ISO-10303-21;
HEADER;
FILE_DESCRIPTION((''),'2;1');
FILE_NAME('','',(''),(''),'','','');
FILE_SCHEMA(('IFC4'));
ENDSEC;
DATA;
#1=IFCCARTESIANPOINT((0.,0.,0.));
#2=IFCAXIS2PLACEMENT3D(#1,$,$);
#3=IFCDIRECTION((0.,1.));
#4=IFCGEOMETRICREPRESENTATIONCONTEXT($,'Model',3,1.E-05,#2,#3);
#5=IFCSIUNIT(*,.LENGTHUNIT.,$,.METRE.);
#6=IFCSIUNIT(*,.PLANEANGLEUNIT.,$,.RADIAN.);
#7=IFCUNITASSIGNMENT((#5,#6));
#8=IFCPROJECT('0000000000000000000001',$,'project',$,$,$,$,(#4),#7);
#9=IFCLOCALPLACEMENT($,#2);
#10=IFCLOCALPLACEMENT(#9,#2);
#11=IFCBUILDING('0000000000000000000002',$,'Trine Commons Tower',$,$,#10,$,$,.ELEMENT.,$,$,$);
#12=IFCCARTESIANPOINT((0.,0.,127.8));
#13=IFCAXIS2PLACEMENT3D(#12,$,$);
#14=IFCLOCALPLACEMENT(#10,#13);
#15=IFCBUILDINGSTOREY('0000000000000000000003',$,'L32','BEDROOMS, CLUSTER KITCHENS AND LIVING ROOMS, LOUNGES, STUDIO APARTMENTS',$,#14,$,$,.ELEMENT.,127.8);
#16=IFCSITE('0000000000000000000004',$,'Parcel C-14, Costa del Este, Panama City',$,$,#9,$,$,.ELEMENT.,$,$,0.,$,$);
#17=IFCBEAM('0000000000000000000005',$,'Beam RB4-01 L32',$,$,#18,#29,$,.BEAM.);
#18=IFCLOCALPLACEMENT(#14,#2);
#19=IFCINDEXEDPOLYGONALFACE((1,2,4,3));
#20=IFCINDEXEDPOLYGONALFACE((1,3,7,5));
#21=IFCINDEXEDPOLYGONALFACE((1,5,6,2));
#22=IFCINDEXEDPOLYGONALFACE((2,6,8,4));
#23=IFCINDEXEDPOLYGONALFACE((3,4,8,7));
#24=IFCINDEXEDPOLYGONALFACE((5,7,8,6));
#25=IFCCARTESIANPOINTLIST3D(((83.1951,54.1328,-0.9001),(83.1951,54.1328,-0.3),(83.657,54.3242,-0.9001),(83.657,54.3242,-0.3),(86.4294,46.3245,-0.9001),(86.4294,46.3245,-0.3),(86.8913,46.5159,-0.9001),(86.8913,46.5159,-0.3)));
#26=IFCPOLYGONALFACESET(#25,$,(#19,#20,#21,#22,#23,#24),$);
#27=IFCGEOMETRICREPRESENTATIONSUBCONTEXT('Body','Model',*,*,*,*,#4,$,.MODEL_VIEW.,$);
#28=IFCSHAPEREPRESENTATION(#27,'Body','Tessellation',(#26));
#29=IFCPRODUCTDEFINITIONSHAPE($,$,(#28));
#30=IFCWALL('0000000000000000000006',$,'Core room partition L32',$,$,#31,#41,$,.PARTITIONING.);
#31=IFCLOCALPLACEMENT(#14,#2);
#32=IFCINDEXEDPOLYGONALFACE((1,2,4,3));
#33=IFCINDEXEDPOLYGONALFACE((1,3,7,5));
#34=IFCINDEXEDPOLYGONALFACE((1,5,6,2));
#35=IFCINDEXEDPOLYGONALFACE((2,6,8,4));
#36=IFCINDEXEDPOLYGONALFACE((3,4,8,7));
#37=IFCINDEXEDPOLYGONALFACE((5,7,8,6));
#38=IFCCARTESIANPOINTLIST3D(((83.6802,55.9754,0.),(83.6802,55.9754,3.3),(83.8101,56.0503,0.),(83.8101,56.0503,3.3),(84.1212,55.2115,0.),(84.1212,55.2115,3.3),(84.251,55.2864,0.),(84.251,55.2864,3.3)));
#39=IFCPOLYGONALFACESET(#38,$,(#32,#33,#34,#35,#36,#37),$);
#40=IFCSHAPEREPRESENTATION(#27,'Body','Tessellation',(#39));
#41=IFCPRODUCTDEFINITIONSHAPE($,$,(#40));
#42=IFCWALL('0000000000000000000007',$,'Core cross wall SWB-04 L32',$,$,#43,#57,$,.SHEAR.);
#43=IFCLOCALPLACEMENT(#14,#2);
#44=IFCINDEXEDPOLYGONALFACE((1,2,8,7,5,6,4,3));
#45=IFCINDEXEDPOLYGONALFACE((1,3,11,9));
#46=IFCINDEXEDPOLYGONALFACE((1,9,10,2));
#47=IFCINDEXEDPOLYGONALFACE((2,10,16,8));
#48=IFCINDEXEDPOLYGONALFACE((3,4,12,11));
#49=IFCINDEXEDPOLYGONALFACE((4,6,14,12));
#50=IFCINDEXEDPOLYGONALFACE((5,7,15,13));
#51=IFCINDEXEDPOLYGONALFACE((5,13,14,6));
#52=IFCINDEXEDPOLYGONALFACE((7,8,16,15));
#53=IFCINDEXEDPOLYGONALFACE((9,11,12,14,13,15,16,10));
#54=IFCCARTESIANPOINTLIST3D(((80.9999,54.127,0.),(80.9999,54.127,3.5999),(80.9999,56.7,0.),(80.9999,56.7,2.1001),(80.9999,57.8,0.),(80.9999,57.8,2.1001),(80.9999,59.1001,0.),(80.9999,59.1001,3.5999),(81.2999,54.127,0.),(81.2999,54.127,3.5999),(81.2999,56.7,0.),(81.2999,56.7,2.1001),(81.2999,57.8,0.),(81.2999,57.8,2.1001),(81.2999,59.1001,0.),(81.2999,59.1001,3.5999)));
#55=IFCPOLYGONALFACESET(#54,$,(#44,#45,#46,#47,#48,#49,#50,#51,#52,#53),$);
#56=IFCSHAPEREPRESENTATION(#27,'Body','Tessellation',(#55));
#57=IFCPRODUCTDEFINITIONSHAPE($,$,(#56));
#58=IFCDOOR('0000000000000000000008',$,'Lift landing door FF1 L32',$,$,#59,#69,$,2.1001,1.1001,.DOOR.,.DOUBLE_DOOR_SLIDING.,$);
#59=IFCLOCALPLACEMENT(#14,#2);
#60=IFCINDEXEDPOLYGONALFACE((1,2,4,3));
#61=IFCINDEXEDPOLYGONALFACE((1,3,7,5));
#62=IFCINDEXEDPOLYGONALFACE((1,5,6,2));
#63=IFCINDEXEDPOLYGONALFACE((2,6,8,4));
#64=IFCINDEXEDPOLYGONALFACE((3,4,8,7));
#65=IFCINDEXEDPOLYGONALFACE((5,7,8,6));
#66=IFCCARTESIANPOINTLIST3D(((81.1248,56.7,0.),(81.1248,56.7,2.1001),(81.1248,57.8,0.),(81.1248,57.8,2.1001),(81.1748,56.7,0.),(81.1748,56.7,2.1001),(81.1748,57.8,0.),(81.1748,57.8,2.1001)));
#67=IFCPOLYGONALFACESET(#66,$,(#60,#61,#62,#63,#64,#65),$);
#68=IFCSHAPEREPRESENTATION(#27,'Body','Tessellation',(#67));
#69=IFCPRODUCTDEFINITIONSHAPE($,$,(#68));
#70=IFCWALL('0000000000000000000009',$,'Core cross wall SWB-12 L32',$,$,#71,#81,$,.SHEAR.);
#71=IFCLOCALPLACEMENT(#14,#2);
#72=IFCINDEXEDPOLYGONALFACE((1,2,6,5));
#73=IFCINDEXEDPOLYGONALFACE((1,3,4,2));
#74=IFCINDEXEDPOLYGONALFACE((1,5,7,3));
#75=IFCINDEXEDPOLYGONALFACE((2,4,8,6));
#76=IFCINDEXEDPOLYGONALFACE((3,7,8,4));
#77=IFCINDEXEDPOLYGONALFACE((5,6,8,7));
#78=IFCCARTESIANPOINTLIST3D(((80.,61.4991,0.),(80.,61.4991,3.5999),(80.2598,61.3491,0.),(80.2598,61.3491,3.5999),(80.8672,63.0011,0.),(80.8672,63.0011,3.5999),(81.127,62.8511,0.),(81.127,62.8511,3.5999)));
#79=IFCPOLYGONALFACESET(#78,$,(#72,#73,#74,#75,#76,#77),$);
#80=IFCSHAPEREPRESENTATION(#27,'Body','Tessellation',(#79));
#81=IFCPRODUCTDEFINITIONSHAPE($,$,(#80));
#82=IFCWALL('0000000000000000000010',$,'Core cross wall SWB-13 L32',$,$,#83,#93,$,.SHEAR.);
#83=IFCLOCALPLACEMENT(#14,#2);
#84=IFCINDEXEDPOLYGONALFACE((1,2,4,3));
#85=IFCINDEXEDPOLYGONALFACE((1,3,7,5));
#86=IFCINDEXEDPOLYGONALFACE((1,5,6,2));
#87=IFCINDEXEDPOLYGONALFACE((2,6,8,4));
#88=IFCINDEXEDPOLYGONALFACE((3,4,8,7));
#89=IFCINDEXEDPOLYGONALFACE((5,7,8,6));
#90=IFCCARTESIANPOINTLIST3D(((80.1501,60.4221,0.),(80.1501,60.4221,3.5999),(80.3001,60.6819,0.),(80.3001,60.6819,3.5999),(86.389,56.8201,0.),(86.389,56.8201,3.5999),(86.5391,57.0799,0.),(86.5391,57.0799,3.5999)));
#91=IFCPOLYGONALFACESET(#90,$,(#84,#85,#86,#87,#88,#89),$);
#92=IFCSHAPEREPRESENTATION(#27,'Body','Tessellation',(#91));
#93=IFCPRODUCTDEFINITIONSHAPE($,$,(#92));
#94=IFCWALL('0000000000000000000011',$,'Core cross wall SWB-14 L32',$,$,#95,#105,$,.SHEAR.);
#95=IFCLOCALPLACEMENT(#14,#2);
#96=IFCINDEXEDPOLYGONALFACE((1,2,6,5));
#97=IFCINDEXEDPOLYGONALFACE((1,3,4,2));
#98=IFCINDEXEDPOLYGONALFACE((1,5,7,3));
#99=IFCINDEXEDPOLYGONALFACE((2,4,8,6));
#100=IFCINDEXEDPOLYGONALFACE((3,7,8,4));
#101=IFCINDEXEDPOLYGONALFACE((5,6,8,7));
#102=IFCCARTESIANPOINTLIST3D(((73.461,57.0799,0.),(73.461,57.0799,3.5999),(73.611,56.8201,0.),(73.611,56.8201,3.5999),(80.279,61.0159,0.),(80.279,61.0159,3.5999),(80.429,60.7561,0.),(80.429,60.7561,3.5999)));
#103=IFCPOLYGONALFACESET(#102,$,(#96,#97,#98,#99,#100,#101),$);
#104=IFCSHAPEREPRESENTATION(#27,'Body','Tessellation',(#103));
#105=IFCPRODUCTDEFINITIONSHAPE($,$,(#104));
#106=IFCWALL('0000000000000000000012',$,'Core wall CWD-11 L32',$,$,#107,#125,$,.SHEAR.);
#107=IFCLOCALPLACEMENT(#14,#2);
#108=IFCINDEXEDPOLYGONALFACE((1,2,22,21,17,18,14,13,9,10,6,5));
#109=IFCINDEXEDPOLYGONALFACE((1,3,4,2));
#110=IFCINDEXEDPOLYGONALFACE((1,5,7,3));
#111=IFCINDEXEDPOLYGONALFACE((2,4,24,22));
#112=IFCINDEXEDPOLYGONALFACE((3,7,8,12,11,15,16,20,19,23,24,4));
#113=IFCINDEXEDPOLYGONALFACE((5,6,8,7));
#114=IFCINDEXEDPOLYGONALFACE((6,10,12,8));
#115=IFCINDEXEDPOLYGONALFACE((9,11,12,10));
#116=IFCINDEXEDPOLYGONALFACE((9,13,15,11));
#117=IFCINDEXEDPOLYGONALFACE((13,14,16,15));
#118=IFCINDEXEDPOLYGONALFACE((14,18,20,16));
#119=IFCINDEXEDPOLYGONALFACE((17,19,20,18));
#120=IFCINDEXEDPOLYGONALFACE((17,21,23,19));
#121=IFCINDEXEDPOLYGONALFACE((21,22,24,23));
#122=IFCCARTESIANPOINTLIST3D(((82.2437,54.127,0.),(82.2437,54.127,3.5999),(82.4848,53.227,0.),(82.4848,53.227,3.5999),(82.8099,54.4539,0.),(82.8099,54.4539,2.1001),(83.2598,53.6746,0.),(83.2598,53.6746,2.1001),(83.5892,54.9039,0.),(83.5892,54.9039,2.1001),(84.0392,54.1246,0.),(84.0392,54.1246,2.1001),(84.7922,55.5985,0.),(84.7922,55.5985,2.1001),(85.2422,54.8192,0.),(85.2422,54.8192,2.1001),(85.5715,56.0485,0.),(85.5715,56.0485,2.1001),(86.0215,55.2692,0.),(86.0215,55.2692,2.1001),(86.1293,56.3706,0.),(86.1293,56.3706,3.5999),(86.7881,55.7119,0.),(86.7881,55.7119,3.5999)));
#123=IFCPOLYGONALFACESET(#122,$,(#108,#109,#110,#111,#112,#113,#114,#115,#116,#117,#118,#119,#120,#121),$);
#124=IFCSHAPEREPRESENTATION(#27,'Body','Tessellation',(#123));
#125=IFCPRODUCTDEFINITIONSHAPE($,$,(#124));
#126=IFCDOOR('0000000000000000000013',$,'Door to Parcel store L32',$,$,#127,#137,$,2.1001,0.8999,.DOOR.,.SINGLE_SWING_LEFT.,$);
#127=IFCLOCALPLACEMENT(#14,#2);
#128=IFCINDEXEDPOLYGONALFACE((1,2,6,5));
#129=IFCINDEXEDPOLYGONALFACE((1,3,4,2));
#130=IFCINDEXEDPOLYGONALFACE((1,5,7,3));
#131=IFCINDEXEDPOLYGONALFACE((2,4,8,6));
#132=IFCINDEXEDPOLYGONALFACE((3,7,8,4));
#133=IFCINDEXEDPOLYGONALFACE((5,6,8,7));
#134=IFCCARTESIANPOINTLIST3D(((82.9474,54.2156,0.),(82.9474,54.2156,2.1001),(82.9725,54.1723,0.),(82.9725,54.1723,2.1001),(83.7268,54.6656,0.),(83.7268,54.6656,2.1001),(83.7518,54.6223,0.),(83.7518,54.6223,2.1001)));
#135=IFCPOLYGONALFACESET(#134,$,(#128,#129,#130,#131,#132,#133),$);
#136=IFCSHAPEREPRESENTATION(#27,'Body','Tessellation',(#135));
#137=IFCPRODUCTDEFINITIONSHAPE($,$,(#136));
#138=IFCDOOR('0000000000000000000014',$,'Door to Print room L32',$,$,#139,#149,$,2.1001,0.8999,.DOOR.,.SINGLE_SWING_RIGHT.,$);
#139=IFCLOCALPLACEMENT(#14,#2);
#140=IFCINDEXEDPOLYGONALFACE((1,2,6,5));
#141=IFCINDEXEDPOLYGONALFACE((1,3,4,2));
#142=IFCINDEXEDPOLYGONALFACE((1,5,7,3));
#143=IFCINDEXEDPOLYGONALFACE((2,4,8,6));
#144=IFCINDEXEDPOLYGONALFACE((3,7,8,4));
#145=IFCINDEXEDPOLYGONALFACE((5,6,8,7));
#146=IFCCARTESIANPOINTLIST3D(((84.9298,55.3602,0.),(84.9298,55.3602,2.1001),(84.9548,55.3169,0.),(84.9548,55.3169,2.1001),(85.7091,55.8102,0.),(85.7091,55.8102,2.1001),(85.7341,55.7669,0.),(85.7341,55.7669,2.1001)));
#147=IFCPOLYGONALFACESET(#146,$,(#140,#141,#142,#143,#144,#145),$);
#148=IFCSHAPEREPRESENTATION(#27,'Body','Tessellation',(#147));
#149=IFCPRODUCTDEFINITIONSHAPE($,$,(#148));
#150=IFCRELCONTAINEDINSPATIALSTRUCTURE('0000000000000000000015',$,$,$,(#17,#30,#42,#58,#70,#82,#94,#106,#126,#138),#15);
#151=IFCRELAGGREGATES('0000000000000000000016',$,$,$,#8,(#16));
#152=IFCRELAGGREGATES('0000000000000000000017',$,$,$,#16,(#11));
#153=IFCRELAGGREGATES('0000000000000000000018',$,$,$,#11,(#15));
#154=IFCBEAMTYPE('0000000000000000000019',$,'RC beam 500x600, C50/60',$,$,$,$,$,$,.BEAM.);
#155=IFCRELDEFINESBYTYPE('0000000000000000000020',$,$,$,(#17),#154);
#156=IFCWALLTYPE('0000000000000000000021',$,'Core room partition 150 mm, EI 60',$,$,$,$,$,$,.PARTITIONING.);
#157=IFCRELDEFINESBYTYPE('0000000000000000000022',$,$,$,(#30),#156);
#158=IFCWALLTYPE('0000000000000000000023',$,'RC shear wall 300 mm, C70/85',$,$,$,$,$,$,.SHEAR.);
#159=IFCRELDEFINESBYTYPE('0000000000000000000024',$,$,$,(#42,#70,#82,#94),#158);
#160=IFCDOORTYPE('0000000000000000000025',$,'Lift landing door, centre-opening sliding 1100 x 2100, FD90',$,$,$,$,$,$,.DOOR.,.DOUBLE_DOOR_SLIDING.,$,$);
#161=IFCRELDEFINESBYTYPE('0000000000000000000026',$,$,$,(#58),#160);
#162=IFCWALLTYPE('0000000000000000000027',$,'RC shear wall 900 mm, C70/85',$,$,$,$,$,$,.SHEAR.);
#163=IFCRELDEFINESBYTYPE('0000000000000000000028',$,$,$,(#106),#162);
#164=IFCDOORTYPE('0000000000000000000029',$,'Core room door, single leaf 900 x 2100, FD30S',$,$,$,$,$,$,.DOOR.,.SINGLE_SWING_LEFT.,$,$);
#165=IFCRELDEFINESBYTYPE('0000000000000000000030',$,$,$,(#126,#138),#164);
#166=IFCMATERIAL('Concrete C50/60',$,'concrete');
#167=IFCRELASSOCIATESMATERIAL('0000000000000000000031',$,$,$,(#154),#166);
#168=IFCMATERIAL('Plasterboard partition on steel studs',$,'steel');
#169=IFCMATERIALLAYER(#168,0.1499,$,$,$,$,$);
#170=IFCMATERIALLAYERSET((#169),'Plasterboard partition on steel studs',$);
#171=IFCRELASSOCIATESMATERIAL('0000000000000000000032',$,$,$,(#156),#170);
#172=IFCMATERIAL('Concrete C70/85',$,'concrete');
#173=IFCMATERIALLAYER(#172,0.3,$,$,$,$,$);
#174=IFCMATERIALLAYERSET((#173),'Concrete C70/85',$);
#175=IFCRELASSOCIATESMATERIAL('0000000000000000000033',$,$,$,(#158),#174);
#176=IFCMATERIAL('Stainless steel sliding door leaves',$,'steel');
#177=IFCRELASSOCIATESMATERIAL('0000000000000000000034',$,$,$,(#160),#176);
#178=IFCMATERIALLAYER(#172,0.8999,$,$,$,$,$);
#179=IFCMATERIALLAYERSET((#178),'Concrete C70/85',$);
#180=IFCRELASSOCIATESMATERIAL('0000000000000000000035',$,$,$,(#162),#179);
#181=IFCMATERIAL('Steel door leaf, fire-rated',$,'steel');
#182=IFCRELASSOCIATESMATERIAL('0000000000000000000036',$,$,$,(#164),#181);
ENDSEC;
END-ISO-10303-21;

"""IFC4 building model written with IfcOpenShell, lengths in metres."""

from ifc_helpers import new_model, si_unit, direction, frame, frame_2d, origin, origin_2d, place, context, subcontext, project, spatial, polyline, rectangle, outline, extrude, material, layer, layer_set, material_profile, profile_set, type_object, element, fill, save


model = new_model("IFC4")

# Units and contexts
model_context = context("Model", 3, precision=1e-05, world=origin(), true_north=direction((0.0, 1.0)))
body_context = subcontext(model_context, "Body", "Model", "MODEL_VIEW")
ifc_project = project(units=[si_unit("LENGTHUNIT", "METRE"), si_unit("PLANEANGLEUNIT", "RADIAN")], contexts=[model_context])

# Site, building, storey
site_placement = place(None, origin())
site = spatial("IfcSite", under=ifc_project, at=site_placement, Name="Parcel C-14, Costa del Este, Panama City", CompositionType="ELEMENT", RefElevation=0.0)
building_placement = place(site_placement, origin())
building = spatial("IfcBuilding", under=site, at=building_placement, Name="Trine Commons Tower", CompositionType="ELEMENT")
storey_placement = place(building_placement, frame((0.0, 0.0, 127.8)))
storey = spatial("IfcBuildingStorey", under=building, at=storey_placement, Name="L32", Description="BEDROOMS, CLUSTER KITCHENS AND LIVING ROOMS, LOUNGES, STUDIO APARTMENTS", CompositionType="ELEMENT", Elevation=127.8)

# Beam
ifc_material_1 = material(Name="Concrete C50/60", Category="concrete")
ifc_material_profile = material_profile(ifc_material_1, rectangle(XDim=0.5, YDim=0.6001, at=origin_2d()), Name="RC 500x600")
ifc_profile_set = profile_set([ifc_material_profile], Name="Concrete C50/60")
beam_type = type_object("IfcBeamType", Name="RC beam 500x600, C50/60", PredefinedType="BEAM", material=ifc_profile_set)
beam_placement = place(storey_placement, frame((83.426, 54.2285, -0.6001), z_axis=(0.382689, -0.923877, 0.0), x_axis=(0.923877, 0.382689, 0.0)))
element("IfcBeam", 1, at=beam_placement, inside=storey, type_object=beam_type, Name="Beam RB4-01 L32", PredefinedType="BEAM", context=body_context, shape_type="SweptSolid", body=[
    extrude(rectangle(XDim=0.5, YDim=0.6001, at=origin_2d()), origin(), (0.0, 0.0, 1.0), 8.4517),
])

# Wall
ifc_material_2 = material(Name="Plasterboard partition on steel studs", Category="steel")
ifc_layer_1 = layer(ifc_material_2, 0.1499)
ifc_layer_set_1 = layer_set([ifc_layer_1], Name="Plasterboard partition on steel studs")
wall_type_1 = type_object("IfcWallType", Name="Core room partition 150 mm, EI 60", PredefinedType="PARTITIONING", material=ifc_layer_set_1)
wall_1_placement = place(storey_placement, frame((84.186, 55.249, 0.0), z_axis=(0.0, 0.0, 1.0), x_axis=(-0.49989, 0.866089, 0.0)))
element("IfcWall", 2, at=wall_1_placement, inside=storey, type_object=wall_type_1, Name="Core room partition L32", PredefinedType="PARTITIONING", context=body_context, shape_type="SweptSolid", body=[
    extrude(rectangle(XDim=0.8821, YDim=0.1499, at=frame_2d((0.4409, 0.0))), origin(), (0.0, 0.0, 1.0), 3.3),
])

# Wall, opening, door
ifc_material_3 = material(Name="Concrete C70/85", Category="concrete")
ifc_layer_2 = layer(ifc_material_3, 0.3)
ifc_layer_set_2 = layer_set([ifc_layer_2], Name="Concrete C70/85")
wall_type_2 = type_object("IfcWallType", Name="RC shear wall 300 mm, C70/85", PredefinedType="SHEAR", material=ifc_layer_set_2)
wall_2_placement = place(storey_placement, frame((81.1499, 59.1001, 0.0), z_axis=(0.0, 0.0, 1.0), x_axis=(0.0, -1.0, 0.0)))
wall_2 = element("IfcWall", 3, at=wall_2_placement, inside=storey, type_object=wall_type_2, Name="Core cross wall SWB-04 L32", PredefinedType="SHEAR", context=body_context, shape_type="SweptSolid", body=[
    extrude(rectangle(XDim=4.9731, YDim=0.3, at=frame_2d((2.4866, 0.0))), origin(), (0.0, 0.0, 1.0), 3.5999),
])
opening_1_placement = place(wall_2_placement, frame((1.3, 0.0, 0.0)))
opening_1 = element("IfcOpeningElement", 4, at=opening_1_placement, cuts=wall_2, PredefinedType="OPENING", context=body_context, shape_type="SweptSolid", body=[
    extrude(rectangle(XDim=1.1001, YDim=2.1001, at=frame_2d((0.55, 1.05))), frame((0.0, 0.1599, 0.0), z_axis=(0.0, -1.0, 0.0), x_axis=(1.0, 0.0, 0.0)), (0.0, 0.0, 1.0), 0.3201),
])
ifc_material_4 = material(Name="Stainless steel sliding door leaves", Category="steel")
door_type_1 = type_object("IfcDoorType", Name="Lift landing door, centre-opening sliding 1100 x 2100, FD90", OperationType="DOUBLE_DOOR_SLIDING", PredefinedType="DOOR", material=ifc_material_4)
door_1_placement = place(opening_1_placement, origin())
door_1 = element("IfcDoor", 5, at=door_1_placement, inside=storey, type_object=door_type_1, Name="Lift landing door FF1 L32", OperationType="DOUBLE_DOOR_SLIDING", OverallHeight=2.1001, OverallWidth=1.1001, PredefinedType="DOOR", context=body_context, shape_type="SweptSolid", body=[
    extrude(rectangle(XDim=1.1001, YDim=2.1001, at=frame_2d((0.55, 1.05))), frame((0.0, 0.0249, 0.0), z_axis=(0.0, -1.0, 0.0), x_axis=(1.0, 0.0, 0.0)), (0.0, 0.0, 1.0), 0.05),
])
fill(opening_1, door_1)

# Walls
wall_3_placement = place(storey_placement, frame((80.1299, 61.4241, 0.0), z_axis=(0.0, 0.0, 1.0), x_axis=(0.500015, 0.866017, 0.0)))
element("IfcWall", 6, at=wall_3_placement, inside=storey, type_object=wall_type_2, Name="Core cross wall SWB-12 L32", PredefinedType="SHEAR", context=body_context, shape_type="SweptSolid", body=[
    extrude(rectangle(XDim=1.7344, YDim=0.3, at=frame_2d((0.8672, 0.0))), origin(), (0.0, 0.0, 1.0), 3.5999),
])
wall_4_placement = place(storey_placement, frame((80.2251, 60.552, 0.0), z_axis=(0.0, 0.0, 1.0), x_axis=(0.866028, -0.499995, 0.0)))
element("IfcWall", 7, at=wall_4_placement, inside=storey, type_object=wall_type_2, Name="Core cross wall SWB-13 L32", PredefinedType="SHEAR", context=body_context, shape_type="SweptSolid", body=[
    extrude(rectangle(XDim=7.2041, YDim=0.3, at=frame_2d((3.6021, 0.0))), origin(), (0.0, 0.0, 1.0), 3.5999),
])
wall_5_placement = place(storey_placement, frame((80.354, 60.886, 0.0), z_axis=(0.0, 0.0, 1.0), x_axis=(-0.866048, -0.499961, 0.0)))
element("IfcWall", 8, at=wall_5_placement, inside=storey, type_object=wall_type_2, Name="Core cross wall SWB-14 L32", PredefinedType="SHEAR", context=body_context, shape_type="SweptSolid", body=[
    extrude(rectangle(XDim=7.8726, YDim=0.3, at=frame_2d((3.9363, 0.0))), origin(), (0.0, 0.0, 1.0), 3.5999),
])

# Wall, openings, doors
ifc_layer_3 = layer(ifc_material_3, 0.8999)
ifc_layer_set_3 = layer_set([ifc_layer_3], Name="Concrete C70/85")
wall_type_3 = type_object("IfcWallType", Name="RC shear wall 900 mm, C70/85", PredefinedType="SHEAR", material=ifc_layer_set_3)
wall_6_placement = place(storey_placement, frame((82.2598, 53.6167, 0.0), z_axis=(0.0, 0.0, 1.0), x_axis=(0.866003, 0.500039, 0.0)))
wall_6 = element("IfcWall", 9, at=wall_6_placement, inside=storey, type_object=wall_type_3, Name="Core wall CWD-11 L32", PredefinedType="SHEAR", context=body_context, shape_type="SweptSolid", body=[
    extrude(outline(polyline([(0.0, -0.45), (4.9692, -0.45), (4.728, 0.45), (0.2412, 0.45), (0.0, -0.45)])), origin(), (0.0, 0.0, 1.0), 3.5999),
])
opening_2_placement = place(wall_6_placement, frame((0.895, 0.0, 0.0)))
opening_2 = element("IfcOpeningElement", 10, at=opening_2_placement, cuts=wall_6, PredefinedType="OPENING", context=body_context, shape_type="SweptSolid", body=[
    extrude(rectangle(XDim=0.8999, YDim=2.1001, at=frame_2d((0.45, 1.05))), frame((0.0, 0.46, 0.0), z_axis=(0.0, -1.0, 0.0), x_axis=(1.0, 0.0, 0.0)), (0.0, 0.0, 1.0), 0.9199),
])
opening_3_placement = place(wall_6_placement, frame((3.1841, 0.0, 0.0)))
opening_3 = element("IfcOpeningElement", 11, at=opening_3_placement, cuts=wall_6, PredefinedType="OPENING", context=body_context, shape_type="SweptSolid", body=[
    extrude(rectangle(XDim=0.8999, YDim=2.1001, at=frame_2d((0.45, 1.05))), frame((0.0, 0.46, 0.0), z_axis=(0.0, -1.0, 0.0), x_axis=(1.0, 0.0, 0.0)), (0.0, 0.0, 1.0), 0.9199),
])
ifc_material_5 = material(Name="Steel door leaf, fire-rated", Category="steel")
door_type_2 = type_object("IfcDoorType", Name="Core room door, single leaf 900 x 2100, FD30S", OperationType="SINGLE_SWING_LEFT", PredefinedType="DOOR", material=ifc_material_5)
door_2_placement = place(opening_2_placement, origin())
door_2 = element("IfcDoor", 12, at=door_2_placement, inside=storey, type_object=door_type_2, Name="Door to Parcel store L32", OperationType="SINGLE_SWING_LEFT", OverallHeight=2.1001, OverallWidth=0.8999, PredefinedType="DOOR", context=body_context, shape_type="SweptSolid", body=[
    extrude(rectangle(XDim=0.8999, YDim=2.1001, at=frame_2d((0.45, 1.05))), frame((0.0, 0.1748, 0.0), z_axis=(0.0, -1.0, 0.0), x_axis=(1.0, 0.0, 0.0)), (0.0, 0.0, 1.0), 0.05),
])
fill(opening_2, door_2)
door_3_placement = place(opening_3_placement, origin())
door_3 = element("IfcDoor", 13, at=door_3_placement, inside=storey, type_object=door_type_2, Name="Door to Print room L32", OperationType="SINGLE_SWING_RIGHT", OverallHeight=2.1001, OverallWidth=0.8999, PredefinedType="DOOR", context=body_context, shape_type="SweptSolid", body=[
    extrude(rectangle(XDim=0.8999, YDim=2.1001, at=frame_2d((0.45, 1.05))), frame((0.0, 0.1748, 0.0), z_axis=(0.0, -1.0, 0.0), x_axis=(1.0, 0.0, 0.0)), (0.0, 0.0, 1.0), 0.05),
])
fill(opening_3, door_3)

save(model, "model.ifc")
